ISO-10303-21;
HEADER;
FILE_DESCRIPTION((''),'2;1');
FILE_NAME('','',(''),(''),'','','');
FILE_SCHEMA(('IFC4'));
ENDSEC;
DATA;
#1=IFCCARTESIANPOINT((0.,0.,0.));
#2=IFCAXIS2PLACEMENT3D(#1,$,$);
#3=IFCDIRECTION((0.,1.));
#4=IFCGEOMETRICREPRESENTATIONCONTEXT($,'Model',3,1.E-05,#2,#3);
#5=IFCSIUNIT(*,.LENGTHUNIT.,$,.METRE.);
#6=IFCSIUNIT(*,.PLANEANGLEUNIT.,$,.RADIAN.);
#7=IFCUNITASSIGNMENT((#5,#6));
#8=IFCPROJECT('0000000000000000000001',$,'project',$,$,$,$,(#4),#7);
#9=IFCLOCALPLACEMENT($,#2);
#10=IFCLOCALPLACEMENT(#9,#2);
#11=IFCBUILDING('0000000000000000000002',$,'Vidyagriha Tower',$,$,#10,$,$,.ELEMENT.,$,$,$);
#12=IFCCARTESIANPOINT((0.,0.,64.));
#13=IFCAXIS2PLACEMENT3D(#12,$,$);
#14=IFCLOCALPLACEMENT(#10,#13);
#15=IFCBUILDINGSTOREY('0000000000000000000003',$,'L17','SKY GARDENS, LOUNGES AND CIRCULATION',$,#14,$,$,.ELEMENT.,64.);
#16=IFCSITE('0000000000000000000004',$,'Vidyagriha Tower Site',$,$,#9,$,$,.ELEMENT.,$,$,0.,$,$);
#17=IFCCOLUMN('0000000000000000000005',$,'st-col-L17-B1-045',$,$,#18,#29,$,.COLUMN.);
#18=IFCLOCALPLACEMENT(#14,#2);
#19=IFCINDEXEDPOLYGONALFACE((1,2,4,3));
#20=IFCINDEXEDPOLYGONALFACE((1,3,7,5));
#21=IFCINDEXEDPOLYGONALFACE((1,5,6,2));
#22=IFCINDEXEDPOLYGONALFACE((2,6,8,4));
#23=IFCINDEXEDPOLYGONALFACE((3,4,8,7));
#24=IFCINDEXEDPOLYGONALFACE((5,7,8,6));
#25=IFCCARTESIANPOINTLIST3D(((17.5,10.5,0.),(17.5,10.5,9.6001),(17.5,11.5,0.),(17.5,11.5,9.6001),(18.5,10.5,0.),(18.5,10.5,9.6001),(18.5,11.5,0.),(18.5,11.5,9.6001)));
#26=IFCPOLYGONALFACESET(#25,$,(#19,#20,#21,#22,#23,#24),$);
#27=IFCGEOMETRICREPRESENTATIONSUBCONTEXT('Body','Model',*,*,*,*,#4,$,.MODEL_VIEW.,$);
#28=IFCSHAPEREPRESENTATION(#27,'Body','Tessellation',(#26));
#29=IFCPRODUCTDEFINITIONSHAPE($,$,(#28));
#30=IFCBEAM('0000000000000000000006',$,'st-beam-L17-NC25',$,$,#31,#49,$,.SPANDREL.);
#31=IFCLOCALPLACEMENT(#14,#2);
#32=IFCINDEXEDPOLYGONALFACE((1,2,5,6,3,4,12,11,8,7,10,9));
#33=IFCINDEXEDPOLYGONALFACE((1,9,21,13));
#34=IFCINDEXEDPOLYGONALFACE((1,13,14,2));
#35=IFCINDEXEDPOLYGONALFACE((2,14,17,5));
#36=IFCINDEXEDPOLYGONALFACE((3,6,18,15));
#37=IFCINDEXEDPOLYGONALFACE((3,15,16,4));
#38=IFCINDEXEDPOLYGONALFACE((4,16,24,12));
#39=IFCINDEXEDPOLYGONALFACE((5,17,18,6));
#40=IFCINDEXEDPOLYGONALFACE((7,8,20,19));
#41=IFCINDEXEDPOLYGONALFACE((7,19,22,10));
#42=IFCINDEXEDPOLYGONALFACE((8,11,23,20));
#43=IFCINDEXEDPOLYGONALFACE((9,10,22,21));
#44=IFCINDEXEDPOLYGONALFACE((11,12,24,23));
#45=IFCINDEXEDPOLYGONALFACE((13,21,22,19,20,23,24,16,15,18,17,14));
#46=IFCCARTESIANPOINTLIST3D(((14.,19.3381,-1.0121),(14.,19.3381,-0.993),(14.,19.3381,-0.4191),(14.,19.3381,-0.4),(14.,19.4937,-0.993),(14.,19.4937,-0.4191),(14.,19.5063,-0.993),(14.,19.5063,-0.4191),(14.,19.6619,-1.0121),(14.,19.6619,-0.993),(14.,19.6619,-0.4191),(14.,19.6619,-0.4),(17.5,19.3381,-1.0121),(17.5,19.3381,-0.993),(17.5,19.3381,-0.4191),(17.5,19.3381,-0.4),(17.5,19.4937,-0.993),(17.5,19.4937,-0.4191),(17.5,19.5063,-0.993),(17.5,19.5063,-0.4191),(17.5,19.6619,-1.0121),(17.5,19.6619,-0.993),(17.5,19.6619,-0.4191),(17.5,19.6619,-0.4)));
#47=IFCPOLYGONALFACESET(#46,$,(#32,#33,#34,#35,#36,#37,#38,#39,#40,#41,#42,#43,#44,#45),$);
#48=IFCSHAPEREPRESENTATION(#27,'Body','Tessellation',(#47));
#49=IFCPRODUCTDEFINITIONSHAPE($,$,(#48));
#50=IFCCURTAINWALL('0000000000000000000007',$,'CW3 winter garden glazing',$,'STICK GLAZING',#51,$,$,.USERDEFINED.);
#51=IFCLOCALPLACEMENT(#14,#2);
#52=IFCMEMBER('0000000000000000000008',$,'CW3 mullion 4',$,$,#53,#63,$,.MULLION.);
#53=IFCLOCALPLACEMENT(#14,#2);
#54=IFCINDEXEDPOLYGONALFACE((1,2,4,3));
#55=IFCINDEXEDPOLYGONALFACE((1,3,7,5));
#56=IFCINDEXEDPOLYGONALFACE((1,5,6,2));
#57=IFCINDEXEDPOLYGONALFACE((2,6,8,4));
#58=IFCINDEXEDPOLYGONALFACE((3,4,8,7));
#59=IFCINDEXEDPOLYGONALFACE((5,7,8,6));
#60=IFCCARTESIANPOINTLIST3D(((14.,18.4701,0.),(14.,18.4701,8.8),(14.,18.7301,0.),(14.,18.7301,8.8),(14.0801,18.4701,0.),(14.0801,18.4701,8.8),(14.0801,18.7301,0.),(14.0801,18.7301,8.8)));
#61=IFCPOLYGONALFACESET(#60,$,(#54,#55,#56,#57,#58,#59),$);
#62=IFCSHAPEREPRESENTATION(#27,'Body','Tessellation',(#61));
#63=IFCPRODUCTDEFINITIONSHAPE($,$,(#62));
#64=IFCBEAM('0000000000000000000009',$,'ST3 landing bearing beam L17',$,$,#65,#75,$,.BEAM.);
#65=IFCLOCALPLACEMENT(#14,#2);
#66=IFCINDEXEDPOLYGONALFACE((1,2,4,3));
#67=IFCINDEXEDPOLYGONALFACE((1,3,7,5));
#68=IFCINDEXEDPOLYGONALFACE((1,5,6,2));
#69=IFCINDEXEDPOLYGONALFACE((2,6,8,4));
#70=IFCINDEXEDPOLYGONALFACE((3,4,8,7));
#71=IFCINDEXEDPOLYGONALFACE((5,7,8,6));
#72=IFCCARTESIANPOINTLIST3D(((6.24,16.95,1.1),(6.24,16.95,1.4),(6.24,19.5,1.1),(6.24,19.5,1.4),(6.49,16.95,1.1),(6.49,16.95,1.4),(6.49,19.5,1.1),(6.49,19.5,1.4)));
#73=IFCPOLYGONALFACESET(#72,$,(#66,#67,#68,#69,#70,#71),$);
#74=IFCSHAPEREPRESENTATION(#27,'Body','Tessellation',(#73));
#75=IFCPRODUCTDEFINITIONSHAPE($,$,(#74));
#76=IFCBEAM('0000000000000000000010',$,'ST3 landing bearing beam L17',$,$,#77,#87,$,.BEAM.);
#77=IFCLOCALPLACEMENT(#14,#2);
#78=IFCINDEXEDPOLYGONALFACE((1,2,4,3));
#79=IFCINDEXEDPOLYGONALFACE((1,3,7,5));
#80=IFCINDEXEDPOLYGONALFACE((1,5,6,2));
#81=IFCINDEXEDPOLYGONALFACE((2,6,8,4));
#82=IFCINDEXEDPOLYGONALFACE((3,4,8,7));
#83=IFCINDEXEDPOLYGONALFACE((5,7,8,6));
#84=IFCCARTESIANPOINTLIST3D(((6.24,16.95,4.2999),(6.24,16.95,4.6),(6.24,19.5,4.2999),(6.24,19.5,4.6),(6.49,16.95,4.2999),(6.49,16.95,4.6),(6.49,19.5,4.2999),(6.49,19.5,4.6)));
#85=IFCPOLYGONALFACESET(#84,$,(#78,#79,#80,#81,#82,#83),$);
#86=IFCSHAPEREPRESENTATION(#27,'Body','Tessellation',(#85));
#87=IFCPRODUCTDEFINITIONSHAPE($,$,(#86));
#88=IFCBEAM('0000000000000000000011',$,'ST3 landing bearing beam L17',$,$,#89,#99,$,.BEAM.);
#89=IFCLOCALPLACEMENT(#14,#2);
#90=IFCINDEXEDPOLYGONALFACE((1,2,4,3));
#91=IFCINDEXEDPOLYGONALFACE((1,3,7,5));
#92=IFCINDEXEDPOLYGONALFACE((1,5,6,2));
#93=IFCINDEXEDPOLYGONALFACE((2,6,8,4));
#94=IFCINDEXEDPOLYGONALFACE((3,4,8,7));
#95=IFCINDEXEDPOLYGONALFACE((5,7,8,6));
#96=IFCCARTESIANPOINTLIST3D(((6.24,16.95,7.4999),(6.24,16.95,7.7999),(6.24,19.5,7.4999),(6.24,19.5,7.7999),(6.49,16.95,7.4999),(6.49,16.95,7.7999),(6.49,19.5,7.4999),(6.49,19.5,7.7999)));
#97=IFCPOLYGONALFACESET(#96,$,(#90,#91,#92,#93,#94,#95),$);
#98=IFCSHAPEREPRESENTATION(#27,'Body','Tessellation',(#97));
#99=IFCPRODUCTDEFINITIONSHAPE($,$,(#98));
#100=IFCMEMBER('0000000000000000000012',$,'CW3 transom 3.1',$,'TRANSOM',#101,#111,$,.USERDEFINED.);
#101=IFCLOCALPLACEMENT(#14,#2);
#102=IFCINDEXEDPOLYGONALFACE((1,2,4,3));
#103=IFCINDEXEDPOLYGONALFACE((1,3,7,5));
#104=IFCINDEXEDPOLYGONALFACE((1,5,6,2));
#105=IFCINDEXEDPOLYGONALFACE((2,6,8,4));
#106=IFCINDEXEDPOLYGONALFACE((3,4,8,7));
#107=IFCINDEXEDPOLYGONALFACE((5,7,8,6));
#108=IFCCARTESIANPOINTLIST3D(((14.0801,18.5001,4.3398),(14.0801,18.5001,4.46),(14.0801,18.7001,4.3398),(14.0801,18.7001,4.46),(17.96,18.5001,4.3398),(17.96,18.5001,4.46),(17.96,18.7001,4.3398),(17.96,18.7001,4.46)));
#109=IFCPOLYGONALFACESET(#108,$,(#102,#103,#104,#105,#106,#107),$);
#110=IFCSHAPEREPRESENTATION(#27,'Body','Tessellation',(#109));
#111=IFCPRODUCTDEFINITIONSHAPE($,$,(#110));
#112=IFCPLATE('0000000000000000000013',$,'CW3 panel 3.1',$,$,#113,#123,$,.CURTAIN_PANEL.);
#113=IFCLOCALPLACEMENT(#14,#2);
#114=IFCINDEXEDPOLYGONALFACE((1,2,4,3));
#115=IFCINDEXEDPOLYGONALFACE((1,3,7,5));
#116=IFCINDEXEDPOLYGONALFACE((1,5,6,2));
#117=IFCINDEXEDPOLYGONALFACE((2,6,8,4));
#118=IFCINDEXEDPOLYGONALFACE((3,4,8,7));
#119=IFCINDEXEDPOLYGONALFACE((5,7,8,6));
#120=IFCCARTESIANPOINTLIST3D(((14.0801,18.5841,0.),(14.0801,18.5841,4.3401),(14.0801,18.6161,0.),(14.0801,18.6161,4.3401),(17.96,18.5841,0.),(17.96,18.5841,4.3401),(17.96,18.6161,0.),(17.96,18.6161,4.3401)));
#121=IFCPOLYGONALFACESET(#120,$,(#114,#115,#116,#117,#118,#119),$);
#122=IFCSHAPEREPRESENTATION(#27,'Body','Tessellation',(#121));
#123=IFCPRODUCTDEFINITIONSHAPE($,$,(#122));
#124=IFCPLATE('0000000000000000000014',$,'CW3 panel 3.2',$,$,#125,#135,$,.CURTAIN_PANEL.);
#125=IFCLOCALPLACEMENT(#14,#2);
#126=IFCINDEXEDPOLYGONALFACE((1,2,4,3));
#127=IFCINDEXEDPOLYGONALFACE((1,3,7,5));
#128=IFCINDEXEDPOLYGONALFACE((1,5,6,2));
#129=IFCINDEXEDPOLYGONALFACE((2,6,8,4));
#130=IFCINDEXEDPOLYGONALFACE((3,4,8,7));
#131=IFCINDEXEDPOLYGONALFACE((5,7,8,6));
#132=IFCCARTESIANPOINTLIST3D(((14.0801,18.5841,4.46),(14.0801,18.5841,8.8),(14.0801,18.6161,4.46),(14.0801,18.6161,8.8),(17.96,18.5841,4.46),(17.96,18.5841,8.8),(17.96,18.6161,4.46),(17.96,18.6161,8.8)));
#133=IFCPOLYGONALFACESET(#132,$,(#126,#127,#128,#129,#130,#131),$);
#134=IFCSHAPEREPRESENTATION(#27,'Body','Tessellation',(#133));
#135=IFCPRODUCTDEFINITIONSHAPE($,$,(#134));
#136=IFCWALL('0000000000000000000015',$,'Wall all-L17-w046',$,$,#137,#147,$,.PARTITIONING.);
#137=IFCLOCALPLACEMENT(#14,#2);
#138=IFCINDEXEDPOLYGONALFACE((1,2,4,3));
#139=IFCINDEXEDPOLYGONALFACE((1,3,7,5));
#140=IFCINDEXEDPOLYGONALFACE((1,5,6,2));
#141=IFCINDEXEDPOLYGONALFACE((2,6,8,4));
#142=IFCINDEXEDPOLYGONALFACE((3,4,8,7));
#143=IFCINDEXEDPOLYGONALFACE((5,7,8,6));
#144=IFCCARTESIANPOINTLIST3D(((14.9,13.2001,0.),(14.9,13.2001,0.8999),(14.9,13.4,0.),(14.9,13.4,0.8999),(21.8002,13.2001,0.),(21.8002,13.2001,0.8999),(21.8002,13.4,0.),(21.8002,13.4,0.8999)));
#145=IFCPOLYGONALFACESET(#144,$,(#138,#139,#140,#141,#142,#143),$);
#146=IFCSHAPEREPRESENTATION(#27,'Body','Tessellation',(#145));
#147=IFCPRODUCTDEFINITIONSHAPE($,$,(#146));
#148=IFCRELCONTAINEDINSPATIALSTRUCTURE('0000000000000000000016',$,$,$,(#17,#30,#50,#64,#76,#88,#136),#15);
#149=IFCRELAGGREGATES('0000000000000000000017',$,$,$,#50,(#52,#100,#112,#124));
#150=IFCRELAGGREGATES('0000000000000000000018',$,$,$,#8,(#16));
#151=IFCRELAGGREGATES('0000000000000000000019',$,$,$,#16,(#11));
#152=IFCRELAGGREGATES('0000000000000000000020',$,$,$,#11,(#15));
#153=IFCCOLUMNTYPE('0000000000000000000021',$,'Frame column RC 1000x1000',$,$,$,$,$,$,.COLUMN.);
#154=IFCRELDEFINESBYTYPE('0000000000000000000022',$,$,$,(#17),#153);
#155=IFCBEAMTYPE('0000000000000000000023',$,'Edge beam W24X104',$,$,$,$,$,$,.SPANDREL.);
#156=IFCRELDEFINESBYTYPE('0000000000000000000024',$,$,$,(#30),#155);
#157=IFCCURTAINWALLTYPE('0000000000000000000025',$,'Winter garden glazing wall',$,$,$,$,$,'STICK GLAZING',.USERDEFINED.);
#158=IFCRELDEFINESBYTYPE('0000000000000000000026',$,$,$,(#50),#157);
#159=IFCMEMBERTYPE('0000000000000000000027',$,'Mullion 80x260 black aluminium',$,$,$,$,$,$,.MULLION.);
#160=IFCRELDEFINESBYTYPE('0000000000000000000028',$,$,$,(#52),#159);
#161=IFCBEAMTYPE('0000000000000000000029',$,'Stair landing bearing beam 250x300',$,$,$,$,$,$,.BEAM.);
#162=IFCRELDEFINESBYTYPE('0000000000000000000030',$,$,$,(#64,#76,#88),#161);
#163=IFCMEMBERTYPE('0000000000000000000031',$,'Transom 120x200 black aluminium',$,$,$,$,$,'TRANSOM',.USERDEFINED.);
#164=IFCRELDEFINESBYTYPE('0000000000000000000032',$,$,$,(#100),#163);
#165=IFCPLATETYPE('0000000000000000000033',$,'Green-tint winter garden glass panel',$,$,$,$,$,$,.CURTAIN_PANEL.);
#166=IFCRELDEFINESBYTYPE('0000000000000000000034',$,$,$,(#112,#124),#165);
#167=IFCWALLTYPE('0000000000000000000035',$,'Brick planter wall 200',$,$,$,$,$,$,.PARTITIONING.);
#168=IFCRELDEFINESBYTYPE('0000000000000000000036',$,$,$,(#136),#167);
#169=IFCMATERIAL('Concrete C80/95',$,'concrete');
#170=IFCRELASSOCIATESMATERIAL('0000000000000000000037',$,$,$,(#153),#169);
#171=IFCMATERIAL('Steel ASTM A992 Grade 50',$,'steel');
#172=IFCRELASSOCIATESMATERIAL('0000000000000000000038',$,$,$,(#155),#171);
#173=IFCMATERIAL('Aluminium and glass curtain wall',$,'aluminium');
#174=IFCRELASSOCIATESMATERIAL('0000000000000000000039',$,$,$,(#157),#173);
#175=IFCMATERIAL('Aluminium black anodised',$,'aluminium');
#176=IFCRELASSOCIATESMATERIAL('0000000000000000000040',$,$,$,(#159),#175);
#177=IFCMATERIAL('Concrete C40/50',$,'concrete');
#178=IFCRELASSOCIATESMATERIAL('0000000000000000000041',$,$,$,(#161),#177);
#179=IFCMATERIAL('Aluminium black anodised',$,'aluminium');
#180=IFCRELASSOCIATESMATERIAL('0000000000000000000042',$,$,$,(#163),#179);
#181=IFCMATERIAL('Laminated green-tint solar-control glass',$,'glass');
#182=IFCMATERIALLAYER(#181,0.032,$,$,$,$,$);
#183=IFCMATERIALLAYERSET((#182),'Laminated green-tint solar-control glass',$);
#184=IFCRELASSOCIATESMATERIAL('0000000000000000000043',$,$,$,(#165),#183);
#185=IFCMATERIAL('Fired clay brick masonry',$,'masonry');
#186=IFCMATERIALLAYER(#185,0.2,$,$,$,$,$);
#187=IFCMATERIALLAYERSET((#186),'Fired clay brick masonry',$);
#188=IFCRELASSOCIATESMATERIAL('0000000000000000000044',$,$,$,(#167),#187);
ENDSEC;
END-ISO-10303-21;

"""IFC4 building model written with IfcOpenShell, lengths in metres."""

from ifc_helpers import new_model, si_unit, direction, frame, frame_2d, origin, origin_2d, place, context, subcontext, project, spatial, rectangle, i_section, extrude, material, layer, layer_set, material_profile, profile_set, type_object, element, aggregate, save


model = new_model("IFC4")

# Units and contexts
model_context = context("Model", 3, precision=1e-05, world=origin(), true_north=direction((0.0, 1.0)))
body_context = subcontext(model_context, "Body", "Model", "MODEL_VIEW")
ifc_project = project(units=[si_unit("LENGTHUNIT", "METRE"), si_unit("PLANEANGLEUNIT", "RADIAN")], contexts=[model_context])

# Site, building, storey
site_placement = place(None, origin())
site = spatial("IfcSite", under=ifc_project, at=site_placement, Name="Vidyagriha Tower Site", CompositionType="ELEMENT", RefElevation=0.0)
building_placement = place(site_placement, origin())
building = spatial("IfcBuilding", under=site, at=building_placement, Name="Vidyagriha Tower", CompositionType="ELEMENT")
storey_placement = place(building_placement, frame((0.0, 0.0, 64.0)))
storey = spatial("IfcBuildingStorey", under=building, at=storey_placement, Name="L17", Description="SKY GARDENS, LOUNGES AND CIRCULATION", CompositionType="ELEMENT", Elevation=64.0)

# Column
ifc_material_1 = material(Name="Concrete C80/95", Category="concrete")
ifc_material_profile_1 = material_profile(ifc_material_1, rectangle(XDim=1.0, YDim=1.0, at=origin_2d()), Name="RC 1000x1000")
ifc_profile_set_1 = profile_set([ifc_material_profile_1], Name="Concrete C80/95")
column_type = type_object("IfcColumnType", Name="Frame column RC 1000x1000", PredefinedType="COLUMN", material=ifc_profile_set_1)
column_placement = place(storey_placement, frame((18.0, 11.0, 0.0)))
element("IfcColumn", 1, at=column_placement, inside=storey, type_object=column_type, Name="st-col-L17-B1-045", PredefinedType="COLUMN", context=body_context, shape_type="SweptSolid", body=[
    extrude(rectangle(XDim=1.0, YDim=1.0, at=origin_2d()), origin(), (0.0, 0.0, 1.0), 9.6001),
])

# Beam
ifc_material_2 = material(Name="Steel ASTM A992 Grade 50", Category="steel")
ifc_material_profile_2 = material_profile(ifc_material_2, i_section(OverallWidth=0.3237, OverallDepth=0.6121, WebThickness=0.0127, FlangeThickness=0.019, at=origin_2d()), Name="W24X104")
ifc_profile_set_2 = profile_set([ifc_material_profile_2], Name="Steel ASTM A992 Grade 50")
beam_type_1 = type_object("IfcBeamType", Name="Edge beam W24X104", PredefinedType="SPANDREL", material=ifc_profile_set_2)
beam_placement = place(storey_placement, frame((14.0, 19.5, -0.7061), z_axis=(1.0, 0.0, 0.0), x_axis=(0.0, 1.0, 0.0)))
element("IfcBeam", 2, at=beam_placement, inside=storey, type_object=beam_type_1, Name="st-beam-L17-NC25", PredefinedType="SPANDREL", context=body_context, shape_type="SweptSolid", body=[
    extrude(i_section(OverallWidth=0.3237, OverallDepth=0.6121, WebThickness=0.0127, FlangeThickness=0.019, at=origin_2d()), origin(), (0.0, 0.0, 1.0), 3.5),
])

# Curtain wall, member
ifc_material_3 = material(Name="Aluminium and glass curtain wall", Category="aluminium")
curtain_wall_type = type_object("IfcCurtainWallType", Name="Winter garden glazing wall", ElementType="STICK GLAZING", PredefinedType="USERDEFINED", material=ifc_material_3)
curtain_wall_placement = place(storey_placement, origin())
curtain_wall = element("IfcCurtainWall", 3, at=curtain_wall_placement, inside=storey, type_object=curtain_wall_type, Name="CW3 winter garden glazing", ObjectType="STICK GLAZING", PredefinedType="USERDEFINED")
ifc_material_4 = material(Name="Aluminium black anodised", Category="aluminium")
ifc_material_profile_3 = material_profile(ifc_material_4, rectangle(XDim=0.26, YDim=0.0801, at=origin_2d()), Name="Mullion 80x260 black aluminium")
ifc_profile_set_3 = profile_set([ifc_material_profile_3], Name="Aluminium black anodised")
member_type_1 = type_object("IfcMemberType", Name="Mullion 80x260 black aluminium", PredefinedType="MULLION", material=ifc_profile_set_3)
member_1_placement = place(storey_placement, frame((14.04, 18.6001, 0.0), z_axis=(0.0, 0.0, 1.0), x_axis=(0.0, -1.0, 0.0)))
member_1 = element("IfcMember", 4, at=member_1_placement, type_object=member_type_1, Name="CW3 mullion 4", PredefinedType="MULLION", context=body_context, shape_type="SweptSolid", body=[
    extrude(rectangle(XDim=0.26, YDim=0.0801, at=origin_2d()), origin(), (0.0, 0.0, 1.0), 8.8),
])

# Beams
ifc_material_5 = material(Name="Concrete C40/50", Category="concrete")
ifc_material_profile_4 = material_profile(ifc_material_5, rectangle(XDim=0.25, YDim=0.3, at=origin_2d()), Name="Stair landing bearing beam 250x300")
ifc_profile_set_4 = profile_set([ifc_material_profile_4], Name="Concrete C40/50")
beam_type_2 = type_object("IfcBeamType", Name="Stair landing bearing beam 250x300", PredefinedType="BEAM", material=ifc_profile_set_4)
for number, where, z_axis, x_axis, name in (
    (5, (6.365, 16.95, 1.25), (0.0, 1.0, 0.0), (-1.0, 0.0, 0.0), "ST3 landing bearing beam L17"),
    (6, (6.365, 16.95, 4.45), (0.0, 1.0, 0.0), (-1.0, 0.0, 0.0), "ST3 landing bearing beam L17"),
    (7, (6.365, 16.95, 7.6499), (0.0, 1.0, 0.0), (-1.0, 0.0, 0.0), "ST3 landing bearing beam L17"),
):
    element("IfcBeam", number, at=place(storey_placement, frame(where, z_axis=z_axis, x_axis=x_axis)), inside=storey, type_object=beam_type_2, Name=name, PredefinedType="BEAM", context=body_context, shape_type="SweptSolid", body=[
        extrude(rectangle(XDim=0.25, YDim=0.3, at=origin_2d()), origin(), (0.0, 0.0, 1.0), 2.55),
    ])

# Member
ifc_material_6 = material(Name="Aluminium black anodised", Category="aluminium")
ifc_material_profile_5 = material_profile(ifc_material_6, rectangle(XDim=0.2, YDim=0.1201, at=origin_2d()), Name="Transom 120x200 black aluminium")
ifc_profile_set_5 = profile_set([ifc_material_profile_5], Name="Aluminium black anodised")
member_type_2 = type_object("IfcMemberType", Name="Transom 120x200 black aluminium", ElementType="TRANSOM", PredefinedType="USERDEFINED", material=ifc_profile_set_5)
member_2_placement = place(storey_placement, frame((17.96, 18.6001, 4.3999), z_axis=(-1.0, 0.0, 0.0), x_axis=(0.0, -1.0, 0.0)))
member_2 = element("IfcMember", 8, at=member_2_placement, type_object=member_type_2, Name="CW3 transom 3.1", ObjectType="TRANSOM", PredefinedType="USERDEFINED", context=body_context, shape_type="SweptSolid", body=[
    extrude(rectangle(XDim=0.2, YDim=0.1201, at=origin_2d()), origin(), (0.0, 0.0, 1.0), 3.8799),
])

# Plates
ifc_material_7 = material(Name="Laminated green-tint solar-control glass", Category="glass")
ifc_layer_1 = layer(ifc_material_7, 0.032)
ifc_layer_set_1 = layer_set([ifc_layer_1], Name="Laminated green-tint solar-control glass")
plate_type = type_object("IfcPlateType", Name="Green-tint winter garden glass panel", PredefinedType="CURTAIN_PANEL", material=ifc_layer_set_1)
plate_1_placement = place(storey_placement, frame((16.02, 18.6001, 0.0), z_axis=(0.0, 0.0, 1.0), x_axis=(-1.0, 0.0, 0.0)))
plate_1 = element("IfcPlate", 9, at=plate_1_placement, type_object=plate_type, Name="CW3 panel 3.1", PredefinedType="CURTAIN_PANEL", context=body_context, shape_type="SweptSolid", body=[
    extrude(rectangle(XDim=3.8799, YDim=0.032, at=origin_2d()), origin(), (0.0, 0.0, 1.0), 4.3401),
])
plate_2_placement = place(storey_placement, frame((16.02, 18.6001, 4.46), z_axis=(0.0, 0.0, 1.0), x_axis=(-1.0, 0.0, 0.0)))
plate_2 = element("IfcPlate", 10, at=plate_2_placement, type_object=plate_type, Name="CW3 panel 3.2", PredefinedType="CURTAIN_PANEL", context=body_context, shape_type="SweptSolid", body=[
    extrude(rectangle(XDim=3.8799, YDim=0.032, at=origin_2d()), origin(), (0.0, 0.0, 1.0), 4.3401),
])
aggregate(curtain_wall, [member_1, member_2, plate_1, plate_2])

# Wall
ifc_material_8 = material(Name="Fired clay brick masonry", Category="masonry")
ifc_layer_2 = layer(ifc_material_8, 0.2)
ifc_layer_set_2 = layer_set([ifc_layer_2], Name="Fired clay brick masonry")
wall_type_1 = type_object("IfcWallType", Name="Brick planter wall 200", PredefinedType="PARTITIONING", material=ifc_layer_set_2)
wall_1_placement = place(storey_placement, frame((14.8999, 13.3, 0.0)))
element("IfcWall", 11, at=wall_1_placement, inside=storey, type_object=wall_type_1, Name="Wall all-L17-w046", PredefinedType="PARTITIONING", context=body_context, shape_type="SweptSolid", body=[
    extrude(rectangle(XDim=6.9001, YDim=0.2, at=frame_2d((3.4502, 0.0))), origin(), (0.0, 0.0, 1.0), 0.8999),
])

save(model, "model.ifc")
